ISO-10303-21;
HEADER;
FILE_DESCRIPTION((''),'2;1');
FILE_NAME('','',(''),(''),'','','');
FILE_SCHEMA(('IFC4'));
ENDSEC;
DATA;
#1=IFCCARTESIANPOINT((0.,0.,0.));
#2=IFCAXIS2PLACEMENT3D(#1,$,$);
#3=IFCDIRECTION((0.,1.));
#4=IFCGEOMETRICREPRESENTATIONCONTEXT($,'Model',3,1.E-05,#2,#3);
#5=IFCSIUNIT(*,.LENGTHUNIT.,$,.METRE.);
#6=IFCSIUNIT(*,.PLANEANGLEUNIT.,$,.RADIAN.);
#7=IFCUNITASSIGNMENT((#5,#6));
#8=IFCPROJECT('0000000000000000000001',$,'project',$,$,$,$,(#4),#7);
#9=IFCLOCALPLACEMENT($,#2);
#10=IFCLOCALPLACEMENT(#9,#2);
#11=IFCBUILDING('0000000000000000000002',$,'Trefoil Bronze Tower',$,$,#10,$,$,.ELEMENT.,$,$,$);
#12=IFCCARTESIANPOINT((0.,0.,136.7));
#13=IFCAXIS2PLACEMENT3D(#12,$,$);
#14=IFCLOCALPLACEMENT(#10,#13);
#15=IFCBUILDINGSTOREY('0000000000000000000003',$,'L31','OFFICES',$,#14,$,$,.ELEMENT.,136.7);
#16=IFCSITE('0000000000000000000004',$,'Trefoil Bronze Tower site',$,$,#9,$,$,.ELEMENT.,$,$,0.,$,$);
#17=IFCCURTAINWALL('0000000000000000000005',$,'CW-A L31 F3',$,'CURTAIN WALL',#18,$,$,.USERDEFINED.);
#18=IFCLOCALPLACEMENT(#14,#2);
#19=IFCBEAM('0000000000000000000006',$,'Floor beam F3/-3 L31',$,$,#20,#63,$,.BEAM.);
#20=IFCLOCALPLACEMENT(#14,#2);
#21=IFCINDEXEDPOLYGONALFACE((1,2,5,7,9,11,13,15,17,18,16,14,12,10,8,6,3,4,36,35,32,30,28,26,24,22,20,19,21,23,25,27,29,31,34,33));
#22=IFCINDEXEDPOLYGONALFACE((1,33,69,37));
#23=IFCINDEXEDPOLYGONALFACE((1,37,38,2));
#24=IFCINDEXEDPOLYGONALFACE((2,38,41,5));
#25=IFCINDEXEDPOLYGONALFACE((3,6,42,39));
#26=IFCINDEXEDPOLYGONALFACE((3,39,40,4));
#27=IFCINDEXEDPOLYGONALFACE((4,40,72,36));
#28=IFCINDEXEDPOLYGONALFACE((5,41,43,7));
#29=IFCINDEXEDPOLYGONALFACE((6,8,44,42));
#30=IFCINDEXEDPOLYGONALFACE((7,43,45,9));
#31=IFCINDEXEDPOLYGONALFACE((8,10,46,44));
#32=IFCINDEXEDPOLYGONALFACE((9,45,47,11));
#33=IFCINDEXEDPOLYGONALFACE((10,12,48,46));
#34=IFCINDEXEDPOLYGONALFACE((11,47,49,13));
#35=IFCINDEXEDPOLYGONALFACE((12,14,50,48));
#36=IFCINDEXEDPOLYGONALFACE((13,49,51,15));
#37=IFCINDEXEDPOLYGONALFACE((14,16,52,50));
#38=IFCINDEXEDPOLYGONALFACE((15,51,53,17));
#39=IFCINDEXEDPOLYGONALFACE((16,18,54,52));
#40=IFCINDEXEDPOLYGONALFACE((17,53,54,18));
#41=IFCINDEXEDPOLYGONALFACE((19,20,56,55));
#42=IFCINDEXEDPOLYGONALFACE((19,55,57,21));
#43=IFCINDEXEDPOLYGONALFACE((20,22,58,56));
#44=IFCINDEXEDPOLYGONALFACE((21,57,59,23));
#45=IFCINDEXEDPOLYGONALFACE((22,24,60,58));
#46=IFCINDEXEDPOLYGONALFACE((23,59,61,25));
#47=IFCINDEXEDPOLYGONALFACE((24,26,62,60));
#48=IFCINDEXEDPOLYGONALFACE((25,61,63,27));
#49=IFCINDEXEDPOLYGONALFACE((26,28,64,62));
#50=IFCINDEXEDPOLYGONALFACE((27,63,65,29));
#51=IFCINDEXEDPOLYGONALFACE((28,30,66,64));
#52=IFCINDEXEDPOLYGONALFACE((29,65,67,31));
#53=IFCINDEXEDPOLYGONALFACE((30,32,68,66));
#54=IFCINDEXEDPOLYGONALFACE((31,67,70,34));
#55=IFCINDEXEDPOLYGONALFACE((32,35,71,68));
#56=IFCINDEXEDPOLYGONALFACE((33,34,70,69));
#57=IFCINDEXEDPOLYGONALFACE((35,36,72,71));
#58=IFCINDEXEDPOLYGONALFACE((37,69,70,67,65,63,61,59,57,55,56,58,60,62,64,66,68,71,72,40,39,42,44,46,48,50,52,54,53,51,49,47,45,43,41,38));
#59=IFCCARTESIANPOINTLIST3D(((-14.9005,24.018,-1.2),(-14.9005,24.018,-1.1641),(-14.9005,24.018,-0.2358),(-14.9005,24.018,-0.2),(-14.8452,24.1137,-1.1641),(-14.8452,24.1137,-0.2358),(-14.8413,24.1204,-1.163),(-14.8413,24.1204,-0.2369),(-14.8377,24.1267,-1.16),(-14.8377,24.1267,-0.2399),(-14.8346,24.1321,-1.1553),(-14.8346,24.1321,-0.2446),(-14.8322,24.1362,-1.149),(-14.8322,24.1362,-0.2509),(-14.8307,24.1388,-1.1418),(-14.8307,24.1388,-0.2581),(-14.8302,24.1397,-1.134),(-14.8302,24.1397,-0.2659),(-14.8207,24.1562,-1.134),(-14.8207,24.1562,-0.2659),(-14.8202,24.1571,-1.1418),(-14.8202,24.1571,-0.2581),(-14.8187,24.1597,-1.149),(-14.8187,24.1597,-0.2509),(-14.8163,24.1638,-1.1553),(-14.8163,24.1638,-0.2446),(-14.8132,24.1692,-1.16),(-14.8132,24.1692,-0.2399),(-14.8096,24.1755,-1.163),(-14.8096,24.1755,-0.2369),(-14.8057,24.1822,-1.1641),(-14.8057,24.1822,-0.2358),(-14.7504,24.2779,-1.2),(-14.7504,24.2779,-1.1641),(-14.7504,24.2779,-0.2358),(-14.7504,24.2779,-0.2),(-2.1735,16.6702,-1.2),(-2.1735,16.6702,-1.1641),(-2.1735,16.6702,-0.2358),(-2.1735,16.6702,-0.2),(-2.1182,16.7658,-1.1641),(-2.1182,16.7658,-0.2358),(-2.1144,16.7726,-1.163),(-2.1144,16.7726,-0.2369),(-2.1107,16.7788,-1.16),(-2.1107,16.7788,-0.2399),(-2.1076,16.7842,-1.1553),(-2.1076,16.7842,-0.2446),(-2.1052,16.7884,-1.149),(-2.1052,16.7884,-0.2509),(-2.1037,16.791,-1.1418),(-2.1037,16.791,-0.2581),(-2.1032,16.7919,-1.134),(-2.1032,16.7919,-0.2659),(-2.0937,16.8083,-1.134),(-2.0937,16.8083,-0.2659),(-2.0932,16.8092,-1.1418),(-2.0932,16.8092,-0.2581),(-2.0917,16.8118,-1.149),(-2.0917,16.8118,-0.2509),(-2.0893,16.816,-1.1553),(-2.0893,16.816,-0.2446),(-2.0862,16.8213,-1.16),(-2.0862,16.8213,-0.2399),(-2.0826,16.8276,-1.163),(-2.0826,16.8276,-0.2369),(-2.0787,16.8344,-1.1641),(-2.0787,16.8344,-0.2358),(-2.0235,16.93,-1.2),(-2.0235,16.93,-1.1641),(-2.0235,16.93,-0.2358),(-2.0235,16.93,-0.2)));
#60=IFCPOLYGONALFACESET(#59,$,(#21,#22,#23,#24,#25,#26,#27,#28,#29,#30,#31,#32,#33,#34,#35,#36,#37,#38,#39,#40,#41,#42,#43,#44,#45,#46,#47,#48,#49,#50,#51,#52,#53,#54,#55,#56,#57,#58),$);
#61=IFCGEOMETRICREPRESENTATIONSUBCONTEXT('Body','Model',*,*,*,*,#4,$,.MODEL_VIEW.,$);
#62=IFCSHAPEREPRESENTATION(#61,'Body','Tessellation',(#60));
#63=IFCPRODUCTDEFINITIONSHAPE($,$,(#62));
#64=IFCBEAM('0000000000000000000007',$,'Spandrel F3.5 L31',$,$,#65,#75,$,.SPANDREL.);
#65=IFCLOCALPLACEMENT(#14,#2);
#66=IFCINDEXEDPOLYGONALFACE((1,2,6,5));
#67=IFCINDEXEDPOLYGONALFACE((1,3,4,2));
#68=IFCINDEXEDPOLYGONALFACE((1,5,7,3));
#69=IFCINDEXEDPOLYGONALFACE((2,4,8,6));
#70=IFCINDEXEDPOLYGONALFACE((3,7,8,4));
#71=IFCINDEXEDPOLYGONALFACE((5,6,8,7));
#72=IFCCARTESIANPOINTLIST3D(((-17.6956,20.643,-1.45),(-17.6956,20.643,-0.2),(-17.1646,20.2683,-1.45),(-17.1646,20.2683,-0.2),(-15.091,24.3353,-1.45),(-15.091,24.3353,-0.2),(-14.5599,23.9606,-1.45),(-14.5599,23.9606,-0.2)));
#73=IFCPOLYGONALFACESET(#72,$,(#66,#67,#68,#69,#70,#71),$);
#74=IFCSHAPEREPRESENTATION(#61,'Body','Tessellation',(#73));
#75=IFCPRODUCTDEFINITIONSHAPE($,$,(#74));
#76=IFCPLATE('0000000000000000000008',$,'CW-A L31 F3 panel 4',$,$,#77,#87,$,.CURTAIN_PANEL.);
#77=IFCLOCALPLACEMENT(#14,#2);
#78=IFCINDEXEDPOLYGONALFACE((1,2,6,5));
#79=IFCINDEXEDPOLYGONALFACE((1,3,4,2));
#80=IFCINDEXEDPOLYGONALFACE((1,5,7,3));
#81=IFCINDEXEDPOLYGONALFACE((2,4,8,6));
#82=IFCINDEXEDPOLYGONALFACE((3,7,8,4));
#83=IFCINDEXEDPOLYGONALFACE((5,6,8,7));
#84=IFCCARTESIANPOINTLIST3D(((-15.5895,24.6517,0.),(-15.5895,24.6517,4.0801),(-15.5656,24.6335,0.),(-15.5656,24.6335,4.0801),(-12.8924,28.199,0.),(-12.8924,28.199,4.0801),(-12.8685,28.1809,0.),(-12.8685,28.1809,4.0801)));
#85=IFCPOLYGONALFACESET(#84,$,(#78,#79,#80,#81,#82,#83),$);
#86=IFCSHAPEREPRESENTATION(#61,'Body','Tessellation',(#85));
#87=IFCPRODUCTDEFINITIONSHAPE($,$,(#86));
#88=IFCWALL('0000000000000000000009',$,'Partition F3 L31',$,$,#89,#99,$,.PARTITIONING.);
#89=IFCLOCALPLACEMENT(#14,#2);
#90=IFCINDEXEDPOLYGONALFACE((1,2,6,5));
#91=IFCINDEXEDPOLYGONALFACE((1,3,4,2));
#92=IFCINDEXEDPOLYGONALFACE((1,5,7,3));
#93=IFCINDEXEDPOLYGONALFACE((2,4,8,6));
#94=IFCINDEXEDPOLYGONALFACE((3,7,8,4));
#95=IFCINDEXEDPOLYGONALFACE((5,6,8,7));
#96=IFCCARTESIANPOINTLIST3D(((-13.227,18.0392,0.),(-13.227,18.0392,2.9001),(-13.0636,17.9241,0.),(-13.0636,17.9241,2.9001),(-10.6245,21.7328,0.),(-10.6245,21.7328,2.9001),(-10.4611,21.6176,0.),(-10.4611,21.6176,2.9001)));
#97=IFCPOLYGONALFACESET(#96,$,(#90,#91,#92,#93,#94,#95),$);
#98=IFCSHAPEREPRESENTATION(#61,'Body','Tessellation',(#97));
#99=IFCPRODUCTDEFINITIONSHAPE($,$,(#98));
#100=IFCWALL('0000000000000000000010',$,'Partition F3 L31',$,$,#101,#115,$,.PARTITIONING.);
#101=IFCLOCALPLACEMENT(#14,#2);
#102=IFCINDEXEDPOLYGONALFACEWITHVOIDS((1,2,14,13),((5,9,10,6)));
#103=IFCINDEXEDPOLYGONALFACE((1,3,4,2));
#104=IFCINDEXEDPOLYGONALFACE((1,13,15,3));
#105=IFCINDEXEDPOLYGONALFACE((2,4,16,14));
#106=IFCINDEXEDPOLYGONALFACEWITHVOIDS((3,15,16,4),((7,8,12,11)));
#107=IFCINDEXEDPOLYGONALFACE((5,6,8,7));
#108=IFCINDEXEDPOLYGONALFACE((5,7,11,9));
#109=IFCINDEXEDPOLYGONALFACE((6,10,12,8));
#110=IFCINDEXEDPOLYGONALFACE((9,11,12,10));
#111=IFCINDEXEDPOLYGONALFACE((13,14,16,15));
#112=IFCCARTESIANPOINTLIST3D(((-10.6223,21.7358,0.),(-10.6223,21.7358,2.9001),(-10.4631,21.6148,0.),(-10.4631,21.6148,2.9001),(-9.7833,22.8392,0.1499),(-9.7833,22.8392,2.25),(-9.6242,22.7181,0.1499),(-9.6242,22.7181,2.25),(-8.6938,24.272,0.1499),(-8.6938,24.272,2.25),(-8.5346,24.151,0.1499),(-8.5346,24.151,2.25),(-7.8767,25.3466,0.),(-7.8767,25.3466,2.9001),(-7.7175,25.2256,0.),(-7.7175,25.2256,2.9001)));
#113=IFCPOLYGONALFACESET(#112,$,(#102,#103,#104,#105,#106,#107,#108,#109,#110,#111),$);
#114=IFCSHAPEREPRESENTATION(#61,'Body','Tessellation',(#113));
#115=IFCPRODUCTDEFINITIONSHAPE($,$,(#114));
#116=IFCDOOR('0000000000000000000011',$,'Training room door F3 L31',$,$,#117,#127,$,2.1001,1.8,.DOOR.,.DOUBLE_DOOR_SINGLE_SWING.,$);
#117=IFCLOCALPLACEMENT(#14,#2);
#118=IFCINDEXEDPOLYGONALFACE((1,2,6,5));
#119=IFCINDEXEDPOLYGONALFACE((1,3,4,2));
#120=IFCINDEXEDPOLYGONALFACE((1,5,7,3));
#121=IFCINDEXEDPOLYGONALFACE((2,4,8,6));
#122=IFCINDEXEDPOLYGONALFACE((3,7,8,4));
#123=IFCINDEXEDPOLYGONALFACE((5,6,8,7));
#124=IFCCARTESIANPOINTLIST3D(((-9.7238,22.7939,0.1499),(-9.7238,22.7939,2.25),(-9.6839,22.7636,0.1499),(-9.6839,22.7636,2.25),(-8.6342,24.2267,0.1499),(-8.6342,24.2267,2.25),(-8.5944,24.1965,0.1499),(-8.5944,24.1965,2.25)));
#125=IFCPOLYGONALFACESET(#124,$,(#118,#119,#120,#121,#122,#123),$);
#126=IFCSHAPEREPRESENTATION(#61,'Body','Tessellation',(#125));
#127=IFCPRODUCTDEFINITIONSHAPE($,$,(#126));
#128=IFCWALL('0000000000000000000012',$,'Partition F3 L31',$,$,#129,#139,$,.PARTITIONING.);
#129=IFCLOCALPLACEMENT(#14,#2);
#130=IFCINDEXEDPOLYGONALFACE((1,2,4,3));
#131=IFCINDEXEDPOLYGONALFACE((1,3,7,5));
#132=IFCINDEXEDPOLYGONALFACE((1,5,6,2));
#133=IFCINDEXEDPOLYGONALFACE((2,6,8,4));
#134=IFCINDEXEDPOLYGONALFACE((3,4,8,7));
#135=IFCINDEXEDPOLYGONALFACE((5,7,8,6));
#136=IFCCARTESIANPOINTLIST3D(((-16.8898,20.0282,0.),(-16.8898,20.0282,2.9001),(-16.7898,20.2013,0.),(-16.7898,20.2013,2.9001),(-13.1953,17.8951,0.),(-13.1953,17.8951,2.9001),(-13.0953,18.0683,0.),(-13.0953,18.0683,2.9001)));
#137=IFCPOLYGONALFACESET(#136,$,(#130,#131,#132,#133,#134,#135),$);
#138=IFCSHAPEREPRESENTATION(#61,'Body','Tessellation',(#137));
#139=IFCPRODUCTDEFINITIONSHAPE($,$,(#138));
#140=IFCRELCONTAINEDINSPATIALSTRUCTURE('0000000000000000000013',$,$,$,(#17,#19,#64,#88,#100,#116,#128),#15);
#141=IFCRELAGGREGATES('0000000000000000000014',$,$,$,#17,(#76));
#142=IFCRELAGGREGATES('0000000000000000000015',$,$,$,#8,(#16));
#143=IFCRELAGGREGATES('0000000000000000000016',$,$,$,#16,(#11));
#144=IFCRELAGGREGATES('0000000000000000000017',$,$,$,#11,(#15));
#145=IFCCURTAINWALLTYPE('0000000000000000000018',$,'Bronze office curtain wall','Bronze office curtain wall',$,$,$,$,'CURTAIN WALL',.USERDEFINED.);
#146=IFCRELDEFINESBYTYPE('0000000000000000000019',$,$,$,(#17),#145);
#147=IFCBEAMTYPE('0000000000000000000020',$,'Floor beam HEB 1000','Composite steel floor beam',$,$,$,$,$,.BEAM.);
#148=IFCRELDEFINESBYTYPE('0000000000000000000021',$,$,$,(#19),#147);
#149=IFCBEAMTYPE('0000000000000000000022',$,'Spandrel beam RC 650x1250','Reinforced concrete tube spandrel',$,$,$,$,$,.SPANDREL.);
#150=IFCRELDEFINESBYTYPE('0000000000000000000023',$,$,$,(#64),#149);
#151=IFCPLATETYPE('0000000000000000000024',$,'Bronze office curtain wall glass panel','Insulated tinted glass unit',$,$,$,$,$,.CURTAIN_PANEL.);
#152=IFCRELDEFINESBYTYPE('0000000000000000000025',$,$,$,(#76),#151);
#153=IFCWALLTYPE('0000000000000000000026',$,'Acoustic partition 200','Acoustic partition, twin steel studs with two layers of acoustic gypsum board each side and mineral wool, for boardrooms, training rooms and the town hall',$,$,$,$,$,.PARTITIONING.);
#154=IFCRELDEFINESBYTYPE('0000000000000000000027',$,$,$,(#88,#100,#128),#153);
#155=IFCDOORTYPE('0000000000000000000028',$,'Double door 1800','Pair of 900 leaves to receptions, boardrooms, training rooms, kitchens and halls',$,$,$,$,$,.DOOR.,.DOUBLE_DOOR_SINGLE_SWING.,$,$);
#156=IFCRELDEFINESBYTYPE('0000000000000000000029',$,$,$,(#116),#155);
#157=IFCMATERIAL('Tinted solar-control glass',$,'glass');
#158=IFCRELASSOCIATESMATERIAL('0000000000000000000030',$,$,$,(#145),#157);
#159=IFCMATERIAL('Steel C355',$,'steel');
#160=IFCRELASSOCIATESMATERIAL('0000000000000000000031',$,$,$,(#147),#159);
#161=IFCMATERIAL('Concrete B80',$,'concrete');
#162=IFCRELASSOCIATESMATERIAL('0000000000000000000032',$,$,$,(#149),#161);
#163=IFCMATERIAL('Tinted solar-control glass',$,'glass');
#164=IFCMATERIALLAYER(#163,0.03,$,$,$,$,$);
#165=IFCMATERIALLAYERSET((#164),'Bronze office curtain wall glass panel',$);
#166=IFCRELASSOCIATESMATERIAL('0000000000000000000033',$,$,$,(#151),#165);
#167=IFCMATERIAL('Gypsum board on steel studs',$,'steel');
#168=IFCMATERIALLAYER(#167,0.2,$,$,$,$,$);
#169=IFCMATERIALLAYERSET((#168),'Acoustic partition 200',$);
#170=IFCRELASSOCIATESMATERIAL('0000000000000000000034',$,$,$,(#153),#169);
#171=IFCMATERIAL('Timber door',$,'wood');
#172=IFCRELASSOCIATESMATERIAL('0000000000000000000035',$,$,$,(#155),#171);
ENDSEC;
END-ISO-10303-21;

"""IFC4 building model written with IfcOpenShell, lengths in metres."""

from ifc_helpers import new_model, si_unit, direction, frame, frame_2d, origin, origin_2d, place, context, subcontext, project, spatial, rectangle, i_section, extrude, material, layer, layer_set, material_profile, profile_set, type_object, element, fill, aggregate, save


model = new_model("IFC4")

# Units and contexts
model_context = context("Model", 3, precision=1e-05, world=origin(), true_north=direction((0.0, 1.0)))
body_context = subcontext(model_context, "Body", "Model", "MODEL_VIEW")
ifc_project = project(units=[si_unit("LENGTHUNIT", "METRE"), si_unit("PLANEANGLEUNIT", "RADIAN")], contexts=[model_context])

# Site, building, storey
site_placement = place(None, origin())
site = spatial("IfcSite", under=ifc_project, at=site_placement, Name="Trefoil Bronze Tower site", CompositionType="ELEMENT", RefElevation=0.0)
building_placement = place(site_placement, origin())
building = spatial("IfcBuilding", under=site, at=building_placement, Name="Trefoil Bronze Tower", CompositionType="ELEMENT")
storey_placement = place(building_placement, frame((0.0, 0.0, 136.7)))
storey = spatial("IfcBuildingStorey", under=building, at=storey_placement, Name="L31", Description="OFFICES", CompositionType="ELEMENT", Elevation=136.7)

# Curtain wall
ifc_material_1 = material(Name="Tinted solar-control glass", Category="glass")
curtain_wall_type = type_object("IfcCurtainWallType", Name="Bronze office curtain wall", Description="Bronze office curtain wall", ElementType="CURTAIN WALL", PredefinedType="USERDEFINED", material=ifc_material_1)
curtain_wall_placement = place(storey_placement, origin())
curtain_wall = element("IfcCurtainWall", 1, at=curtain_wall_placement, inside=storey, type_object=curtain_wall_type, Name="CW-A L31 F3", ObjectType="CURTAIN WALL", PredefinedType="USERDEFINED")

# Beams
ifc_material_2 = material(Name="Steel C355", Category="steel")
ifc_material_profile_1 = material_profile(ifc_material_2, i_section(OverallWidth=0.3, OverallDepth=1.0, WebThickness=0.019, FlangeThickness=0.0359, FilletRadius=0.03, at=origin_2d()), Name="HEB 1000")
ifc_profile_set_1 = profile_set([ifc_material_profile_1], Name="Steel C355")
beam_type_1 = type_object("IfcBeamType", Name="Floor beam HEB 1000", Description="Composite steel floor beam", PredefinedType="BEAM", material=ifc_profile_set_1)
beam_1_placement = place(storey_placement, frame((-14.8254, 24.1479, -0.7), z_axis=(0.866027, -0.499997, 0.0), x_axis=(0.499997, 0.866027, 0.0)))
element("IfcBeam", 2, at=beam_1_placement, inside=storey, type_object=beam_type_1, Name="Floor beam F3/-3 L31", PredefinedType="BEAM", context=body_context, shape_type="SweptSolid", body=[
    extrude(i_section(OverallWidth=0.3, OverallDepth=1.0, WebThickness=0.019, FlangeThickness=0.0359, FilletRadius=0.03, at=origin_2d()), origin(), (0.0, 0.0, 1.0), 14.6958),
])
ifc_material_3 = material(Name="Concrete B80", Category="concrete")
ifc_material_profile_2 = material_profile(ifc_material_3, rectangle(XDim=0.6499, YDim=1.25, at=origin_2d()), Name="RC 650x1250")
ifc_profile_set_2 = profile_set([ifc_material_profile_2], Name="Concrete B80")
beam_type_2 = type_object("IfcBeamType", Name="Spandrel beam RC 650x1250", Description="Reinforced concrete tube spandrel", PredefinedType="SPANDREL", material=ifc_profile_set_2)
beam_2_placement = place(storey_placement, frame((-14.8254, 24.1479, -0.825), z_axis=(-0.576439, -0.81714, 0.0), x_axis=(0.81714, -0.576439, 0.0)))
element("IfcBeam", 3, at=beam_2_placement, inside=storey, type_object=beam_type_2, Name="Spandrel F3.5 L31", PredefinedType="SPANDREL", context=body_context, shape_type="SweptSolid", body=[
    extrude(rectangle(XDim=0.6499, YDim=1.25, at=origin_2d()), origin(), (0.0, 0.0, 1.0), 4.5186),
])

# Plate
ifc_material_4 = material(Name="Tinted solar-control glass", Category="glass")
ifc_layer_1 = layer(ifc_material_4, 0.03)
ifc_layer_set_1 = layer_set([ifc_layer_1], Name="Bronze office curtain wall glass panel")
plate_type = type_object("IfcPlateType", Name="Bronze office curtain wall glass panel", Description="Insulated tinted glass unit", PredefinedType="CURTAIN_PANEL", material=ifc_layer_set_1)
plate_placement = place(storey_placement, frame((-14.229, 26.4163, 0.0), z_axis=(0.0, 0.0, 1.0), x_axis=(-0.605252, -0.796034, 0.0)))
plate = element("IfcPlate", 4, at=plate_placement, type_object=plate_type, Name="CW-A L31 F3 panel 4", PredefinedType="CURTAIN_PANEL", context=body_context, shape_type="SweptSolid", body=[
    extrude(rectangle(XDim=4.4563, YDim=0.03, at=origin_2d()), origin(), (0.0, 0.0, 1.0), 4.0801),
])
aggregate(curtain_wall, [plate])

# Wall
ifc_material_5 = material(Name="Gypsum board on steel studs", Category="steel")
ifc_layer_2 = layer(ifc_material_5, 0.2)
ifc_layer_set_2 = layer_set([ifc_layer_2], Name="Acoustic partition 200")
wall_type_1 = type_object("IfcWallType", Name="Acoustic partition 200", Description="Acoustic partition, twin steel studs with two layers of acoustic gypsum board each side and mineral wool, for boardrooms, training rooms and the town hall", PredefinedType="PARTITIONING", material=ifc_layer_set_2)
wall_1_placement = place(storey_placement, frame((-10.5427, 21.6753, 0.0), z_axis=(0.0, 0.0, 1.0), x_axis=(-0.575987, -0.817459, 0.0)))
element("IfcWall", 5, at=wall_1_placement, inside=storey, type_object=wall_type_1, Name="Partition F3 L31", PredefinedType="PARTITIONING", context=body_context, shape_type="SweptSolid", body=[
    extrude(rectangle(XDim=4.5183, YDim=0.2, at=frame_2d((2.2593, 0.0))), origin(), (0.0, 0.0, 1.0), 2.9001),
])

# Wall, opening, door
wall_2_placement = place(storey_placement, frame((-7.7971, 25.2861, 0.0), z_axis=(0.0, 0.0, 1.0), x_axis=(-0.605274, -0.796017, 0.0)))
wall_2 = element("IfcWall", 6, at=wall_2_placement, inside=storey, type_object=wall_type_1, Name="Partition F3 L31", PredefinedType="PARTITIONING", context=body_context, shape_type="SweptSolid", body=[
    extrude(rectangle(XDim=4.5361, YDim=0.2, at=frame_2d((2.2681, 0.0))), origin(), (0.0, 0.0, 1.0), 2.9001),
])
opening_1_placement = place(wall_2_placement, frame((1.3501, 0.0, 0.1499)))
opening_1 = element("IfcOpeningElement", 7, at=opening_1_placement, cuts=wall_2, PredefinedType="OPENING", context=body_context, shape_type="SweptSolid", body=[
    extrude(rectangle(XDim=1.8, YDim=2.1001, at=frame_2d((0.8999, 1.05))), frame((0.0, 0.1099, 0.0), z_axis=(0.0, -1.0, 0.0), x_axis=(1.0, 0.0, 0.0)), (0.0, 0.0, 1.0), 0.22),
])
ifc_material_6 = material(Name="Timber door", Category="wood")
door_type_1 = type_object("IfcDoorType", Name="Double door 1800", Description="Pair of 900 leaves to receptions, boardrooms, training rooms, kitchens and halls", OperationType="DOUBLE_DOOR_SINGLE_SWING", PredefinedType="DOOR", material=ifc_material_6)
door_1_placement = place(opening_1_placement, origin())
door_1 = element("IfcDoor", 8, at=door_1_placement, inside=storey, type_object=door_type_1, Name="Training room door F3 L31", OperationType="DOUBLE_DOOR_SINGLE_SWING", OverallHeight=2.1001, OverallWidth=1.8, PredefinedType="DOOR", context=body_context, shape_type="SweptSolid", body=[
    extrude(rectangle(XDim=1.8, YDim=2.1001, at=frame_2d((0.8999, 1.05))), frame((0.0, 0.0249, 0.0), z_axis=(0.0, -1.0, 0.0), x_axis=(1.0, 0.0, 0.0)), (0.0, 0.0, 1.0), 0.05),
])
fill(opening_1, door_1)

# Wall
wall_3_placement = place(storey_placement, frame((-13.1453, 17.9817, 0.0), z_axis=(0.0, 0.0, 1.0), x_axis=(-0.866026, 0.499998, 0.0)))
element("IfcWall", 9, at=wall_3_placement, inside=storey, type_object=wall_type_1, Name="Partition F3 L31", PredefinedType="PARTITIONING", context=body_context, shape_type="SweptSolid", body=[
    extrude(rectangle(XDim=4.2661, YDim=0.2, at=frame_2d((2.1331, 0.0))), origin(), (0.0, 0.0, 1.0), 2.9001),
])

save(model, "model.ifc")
